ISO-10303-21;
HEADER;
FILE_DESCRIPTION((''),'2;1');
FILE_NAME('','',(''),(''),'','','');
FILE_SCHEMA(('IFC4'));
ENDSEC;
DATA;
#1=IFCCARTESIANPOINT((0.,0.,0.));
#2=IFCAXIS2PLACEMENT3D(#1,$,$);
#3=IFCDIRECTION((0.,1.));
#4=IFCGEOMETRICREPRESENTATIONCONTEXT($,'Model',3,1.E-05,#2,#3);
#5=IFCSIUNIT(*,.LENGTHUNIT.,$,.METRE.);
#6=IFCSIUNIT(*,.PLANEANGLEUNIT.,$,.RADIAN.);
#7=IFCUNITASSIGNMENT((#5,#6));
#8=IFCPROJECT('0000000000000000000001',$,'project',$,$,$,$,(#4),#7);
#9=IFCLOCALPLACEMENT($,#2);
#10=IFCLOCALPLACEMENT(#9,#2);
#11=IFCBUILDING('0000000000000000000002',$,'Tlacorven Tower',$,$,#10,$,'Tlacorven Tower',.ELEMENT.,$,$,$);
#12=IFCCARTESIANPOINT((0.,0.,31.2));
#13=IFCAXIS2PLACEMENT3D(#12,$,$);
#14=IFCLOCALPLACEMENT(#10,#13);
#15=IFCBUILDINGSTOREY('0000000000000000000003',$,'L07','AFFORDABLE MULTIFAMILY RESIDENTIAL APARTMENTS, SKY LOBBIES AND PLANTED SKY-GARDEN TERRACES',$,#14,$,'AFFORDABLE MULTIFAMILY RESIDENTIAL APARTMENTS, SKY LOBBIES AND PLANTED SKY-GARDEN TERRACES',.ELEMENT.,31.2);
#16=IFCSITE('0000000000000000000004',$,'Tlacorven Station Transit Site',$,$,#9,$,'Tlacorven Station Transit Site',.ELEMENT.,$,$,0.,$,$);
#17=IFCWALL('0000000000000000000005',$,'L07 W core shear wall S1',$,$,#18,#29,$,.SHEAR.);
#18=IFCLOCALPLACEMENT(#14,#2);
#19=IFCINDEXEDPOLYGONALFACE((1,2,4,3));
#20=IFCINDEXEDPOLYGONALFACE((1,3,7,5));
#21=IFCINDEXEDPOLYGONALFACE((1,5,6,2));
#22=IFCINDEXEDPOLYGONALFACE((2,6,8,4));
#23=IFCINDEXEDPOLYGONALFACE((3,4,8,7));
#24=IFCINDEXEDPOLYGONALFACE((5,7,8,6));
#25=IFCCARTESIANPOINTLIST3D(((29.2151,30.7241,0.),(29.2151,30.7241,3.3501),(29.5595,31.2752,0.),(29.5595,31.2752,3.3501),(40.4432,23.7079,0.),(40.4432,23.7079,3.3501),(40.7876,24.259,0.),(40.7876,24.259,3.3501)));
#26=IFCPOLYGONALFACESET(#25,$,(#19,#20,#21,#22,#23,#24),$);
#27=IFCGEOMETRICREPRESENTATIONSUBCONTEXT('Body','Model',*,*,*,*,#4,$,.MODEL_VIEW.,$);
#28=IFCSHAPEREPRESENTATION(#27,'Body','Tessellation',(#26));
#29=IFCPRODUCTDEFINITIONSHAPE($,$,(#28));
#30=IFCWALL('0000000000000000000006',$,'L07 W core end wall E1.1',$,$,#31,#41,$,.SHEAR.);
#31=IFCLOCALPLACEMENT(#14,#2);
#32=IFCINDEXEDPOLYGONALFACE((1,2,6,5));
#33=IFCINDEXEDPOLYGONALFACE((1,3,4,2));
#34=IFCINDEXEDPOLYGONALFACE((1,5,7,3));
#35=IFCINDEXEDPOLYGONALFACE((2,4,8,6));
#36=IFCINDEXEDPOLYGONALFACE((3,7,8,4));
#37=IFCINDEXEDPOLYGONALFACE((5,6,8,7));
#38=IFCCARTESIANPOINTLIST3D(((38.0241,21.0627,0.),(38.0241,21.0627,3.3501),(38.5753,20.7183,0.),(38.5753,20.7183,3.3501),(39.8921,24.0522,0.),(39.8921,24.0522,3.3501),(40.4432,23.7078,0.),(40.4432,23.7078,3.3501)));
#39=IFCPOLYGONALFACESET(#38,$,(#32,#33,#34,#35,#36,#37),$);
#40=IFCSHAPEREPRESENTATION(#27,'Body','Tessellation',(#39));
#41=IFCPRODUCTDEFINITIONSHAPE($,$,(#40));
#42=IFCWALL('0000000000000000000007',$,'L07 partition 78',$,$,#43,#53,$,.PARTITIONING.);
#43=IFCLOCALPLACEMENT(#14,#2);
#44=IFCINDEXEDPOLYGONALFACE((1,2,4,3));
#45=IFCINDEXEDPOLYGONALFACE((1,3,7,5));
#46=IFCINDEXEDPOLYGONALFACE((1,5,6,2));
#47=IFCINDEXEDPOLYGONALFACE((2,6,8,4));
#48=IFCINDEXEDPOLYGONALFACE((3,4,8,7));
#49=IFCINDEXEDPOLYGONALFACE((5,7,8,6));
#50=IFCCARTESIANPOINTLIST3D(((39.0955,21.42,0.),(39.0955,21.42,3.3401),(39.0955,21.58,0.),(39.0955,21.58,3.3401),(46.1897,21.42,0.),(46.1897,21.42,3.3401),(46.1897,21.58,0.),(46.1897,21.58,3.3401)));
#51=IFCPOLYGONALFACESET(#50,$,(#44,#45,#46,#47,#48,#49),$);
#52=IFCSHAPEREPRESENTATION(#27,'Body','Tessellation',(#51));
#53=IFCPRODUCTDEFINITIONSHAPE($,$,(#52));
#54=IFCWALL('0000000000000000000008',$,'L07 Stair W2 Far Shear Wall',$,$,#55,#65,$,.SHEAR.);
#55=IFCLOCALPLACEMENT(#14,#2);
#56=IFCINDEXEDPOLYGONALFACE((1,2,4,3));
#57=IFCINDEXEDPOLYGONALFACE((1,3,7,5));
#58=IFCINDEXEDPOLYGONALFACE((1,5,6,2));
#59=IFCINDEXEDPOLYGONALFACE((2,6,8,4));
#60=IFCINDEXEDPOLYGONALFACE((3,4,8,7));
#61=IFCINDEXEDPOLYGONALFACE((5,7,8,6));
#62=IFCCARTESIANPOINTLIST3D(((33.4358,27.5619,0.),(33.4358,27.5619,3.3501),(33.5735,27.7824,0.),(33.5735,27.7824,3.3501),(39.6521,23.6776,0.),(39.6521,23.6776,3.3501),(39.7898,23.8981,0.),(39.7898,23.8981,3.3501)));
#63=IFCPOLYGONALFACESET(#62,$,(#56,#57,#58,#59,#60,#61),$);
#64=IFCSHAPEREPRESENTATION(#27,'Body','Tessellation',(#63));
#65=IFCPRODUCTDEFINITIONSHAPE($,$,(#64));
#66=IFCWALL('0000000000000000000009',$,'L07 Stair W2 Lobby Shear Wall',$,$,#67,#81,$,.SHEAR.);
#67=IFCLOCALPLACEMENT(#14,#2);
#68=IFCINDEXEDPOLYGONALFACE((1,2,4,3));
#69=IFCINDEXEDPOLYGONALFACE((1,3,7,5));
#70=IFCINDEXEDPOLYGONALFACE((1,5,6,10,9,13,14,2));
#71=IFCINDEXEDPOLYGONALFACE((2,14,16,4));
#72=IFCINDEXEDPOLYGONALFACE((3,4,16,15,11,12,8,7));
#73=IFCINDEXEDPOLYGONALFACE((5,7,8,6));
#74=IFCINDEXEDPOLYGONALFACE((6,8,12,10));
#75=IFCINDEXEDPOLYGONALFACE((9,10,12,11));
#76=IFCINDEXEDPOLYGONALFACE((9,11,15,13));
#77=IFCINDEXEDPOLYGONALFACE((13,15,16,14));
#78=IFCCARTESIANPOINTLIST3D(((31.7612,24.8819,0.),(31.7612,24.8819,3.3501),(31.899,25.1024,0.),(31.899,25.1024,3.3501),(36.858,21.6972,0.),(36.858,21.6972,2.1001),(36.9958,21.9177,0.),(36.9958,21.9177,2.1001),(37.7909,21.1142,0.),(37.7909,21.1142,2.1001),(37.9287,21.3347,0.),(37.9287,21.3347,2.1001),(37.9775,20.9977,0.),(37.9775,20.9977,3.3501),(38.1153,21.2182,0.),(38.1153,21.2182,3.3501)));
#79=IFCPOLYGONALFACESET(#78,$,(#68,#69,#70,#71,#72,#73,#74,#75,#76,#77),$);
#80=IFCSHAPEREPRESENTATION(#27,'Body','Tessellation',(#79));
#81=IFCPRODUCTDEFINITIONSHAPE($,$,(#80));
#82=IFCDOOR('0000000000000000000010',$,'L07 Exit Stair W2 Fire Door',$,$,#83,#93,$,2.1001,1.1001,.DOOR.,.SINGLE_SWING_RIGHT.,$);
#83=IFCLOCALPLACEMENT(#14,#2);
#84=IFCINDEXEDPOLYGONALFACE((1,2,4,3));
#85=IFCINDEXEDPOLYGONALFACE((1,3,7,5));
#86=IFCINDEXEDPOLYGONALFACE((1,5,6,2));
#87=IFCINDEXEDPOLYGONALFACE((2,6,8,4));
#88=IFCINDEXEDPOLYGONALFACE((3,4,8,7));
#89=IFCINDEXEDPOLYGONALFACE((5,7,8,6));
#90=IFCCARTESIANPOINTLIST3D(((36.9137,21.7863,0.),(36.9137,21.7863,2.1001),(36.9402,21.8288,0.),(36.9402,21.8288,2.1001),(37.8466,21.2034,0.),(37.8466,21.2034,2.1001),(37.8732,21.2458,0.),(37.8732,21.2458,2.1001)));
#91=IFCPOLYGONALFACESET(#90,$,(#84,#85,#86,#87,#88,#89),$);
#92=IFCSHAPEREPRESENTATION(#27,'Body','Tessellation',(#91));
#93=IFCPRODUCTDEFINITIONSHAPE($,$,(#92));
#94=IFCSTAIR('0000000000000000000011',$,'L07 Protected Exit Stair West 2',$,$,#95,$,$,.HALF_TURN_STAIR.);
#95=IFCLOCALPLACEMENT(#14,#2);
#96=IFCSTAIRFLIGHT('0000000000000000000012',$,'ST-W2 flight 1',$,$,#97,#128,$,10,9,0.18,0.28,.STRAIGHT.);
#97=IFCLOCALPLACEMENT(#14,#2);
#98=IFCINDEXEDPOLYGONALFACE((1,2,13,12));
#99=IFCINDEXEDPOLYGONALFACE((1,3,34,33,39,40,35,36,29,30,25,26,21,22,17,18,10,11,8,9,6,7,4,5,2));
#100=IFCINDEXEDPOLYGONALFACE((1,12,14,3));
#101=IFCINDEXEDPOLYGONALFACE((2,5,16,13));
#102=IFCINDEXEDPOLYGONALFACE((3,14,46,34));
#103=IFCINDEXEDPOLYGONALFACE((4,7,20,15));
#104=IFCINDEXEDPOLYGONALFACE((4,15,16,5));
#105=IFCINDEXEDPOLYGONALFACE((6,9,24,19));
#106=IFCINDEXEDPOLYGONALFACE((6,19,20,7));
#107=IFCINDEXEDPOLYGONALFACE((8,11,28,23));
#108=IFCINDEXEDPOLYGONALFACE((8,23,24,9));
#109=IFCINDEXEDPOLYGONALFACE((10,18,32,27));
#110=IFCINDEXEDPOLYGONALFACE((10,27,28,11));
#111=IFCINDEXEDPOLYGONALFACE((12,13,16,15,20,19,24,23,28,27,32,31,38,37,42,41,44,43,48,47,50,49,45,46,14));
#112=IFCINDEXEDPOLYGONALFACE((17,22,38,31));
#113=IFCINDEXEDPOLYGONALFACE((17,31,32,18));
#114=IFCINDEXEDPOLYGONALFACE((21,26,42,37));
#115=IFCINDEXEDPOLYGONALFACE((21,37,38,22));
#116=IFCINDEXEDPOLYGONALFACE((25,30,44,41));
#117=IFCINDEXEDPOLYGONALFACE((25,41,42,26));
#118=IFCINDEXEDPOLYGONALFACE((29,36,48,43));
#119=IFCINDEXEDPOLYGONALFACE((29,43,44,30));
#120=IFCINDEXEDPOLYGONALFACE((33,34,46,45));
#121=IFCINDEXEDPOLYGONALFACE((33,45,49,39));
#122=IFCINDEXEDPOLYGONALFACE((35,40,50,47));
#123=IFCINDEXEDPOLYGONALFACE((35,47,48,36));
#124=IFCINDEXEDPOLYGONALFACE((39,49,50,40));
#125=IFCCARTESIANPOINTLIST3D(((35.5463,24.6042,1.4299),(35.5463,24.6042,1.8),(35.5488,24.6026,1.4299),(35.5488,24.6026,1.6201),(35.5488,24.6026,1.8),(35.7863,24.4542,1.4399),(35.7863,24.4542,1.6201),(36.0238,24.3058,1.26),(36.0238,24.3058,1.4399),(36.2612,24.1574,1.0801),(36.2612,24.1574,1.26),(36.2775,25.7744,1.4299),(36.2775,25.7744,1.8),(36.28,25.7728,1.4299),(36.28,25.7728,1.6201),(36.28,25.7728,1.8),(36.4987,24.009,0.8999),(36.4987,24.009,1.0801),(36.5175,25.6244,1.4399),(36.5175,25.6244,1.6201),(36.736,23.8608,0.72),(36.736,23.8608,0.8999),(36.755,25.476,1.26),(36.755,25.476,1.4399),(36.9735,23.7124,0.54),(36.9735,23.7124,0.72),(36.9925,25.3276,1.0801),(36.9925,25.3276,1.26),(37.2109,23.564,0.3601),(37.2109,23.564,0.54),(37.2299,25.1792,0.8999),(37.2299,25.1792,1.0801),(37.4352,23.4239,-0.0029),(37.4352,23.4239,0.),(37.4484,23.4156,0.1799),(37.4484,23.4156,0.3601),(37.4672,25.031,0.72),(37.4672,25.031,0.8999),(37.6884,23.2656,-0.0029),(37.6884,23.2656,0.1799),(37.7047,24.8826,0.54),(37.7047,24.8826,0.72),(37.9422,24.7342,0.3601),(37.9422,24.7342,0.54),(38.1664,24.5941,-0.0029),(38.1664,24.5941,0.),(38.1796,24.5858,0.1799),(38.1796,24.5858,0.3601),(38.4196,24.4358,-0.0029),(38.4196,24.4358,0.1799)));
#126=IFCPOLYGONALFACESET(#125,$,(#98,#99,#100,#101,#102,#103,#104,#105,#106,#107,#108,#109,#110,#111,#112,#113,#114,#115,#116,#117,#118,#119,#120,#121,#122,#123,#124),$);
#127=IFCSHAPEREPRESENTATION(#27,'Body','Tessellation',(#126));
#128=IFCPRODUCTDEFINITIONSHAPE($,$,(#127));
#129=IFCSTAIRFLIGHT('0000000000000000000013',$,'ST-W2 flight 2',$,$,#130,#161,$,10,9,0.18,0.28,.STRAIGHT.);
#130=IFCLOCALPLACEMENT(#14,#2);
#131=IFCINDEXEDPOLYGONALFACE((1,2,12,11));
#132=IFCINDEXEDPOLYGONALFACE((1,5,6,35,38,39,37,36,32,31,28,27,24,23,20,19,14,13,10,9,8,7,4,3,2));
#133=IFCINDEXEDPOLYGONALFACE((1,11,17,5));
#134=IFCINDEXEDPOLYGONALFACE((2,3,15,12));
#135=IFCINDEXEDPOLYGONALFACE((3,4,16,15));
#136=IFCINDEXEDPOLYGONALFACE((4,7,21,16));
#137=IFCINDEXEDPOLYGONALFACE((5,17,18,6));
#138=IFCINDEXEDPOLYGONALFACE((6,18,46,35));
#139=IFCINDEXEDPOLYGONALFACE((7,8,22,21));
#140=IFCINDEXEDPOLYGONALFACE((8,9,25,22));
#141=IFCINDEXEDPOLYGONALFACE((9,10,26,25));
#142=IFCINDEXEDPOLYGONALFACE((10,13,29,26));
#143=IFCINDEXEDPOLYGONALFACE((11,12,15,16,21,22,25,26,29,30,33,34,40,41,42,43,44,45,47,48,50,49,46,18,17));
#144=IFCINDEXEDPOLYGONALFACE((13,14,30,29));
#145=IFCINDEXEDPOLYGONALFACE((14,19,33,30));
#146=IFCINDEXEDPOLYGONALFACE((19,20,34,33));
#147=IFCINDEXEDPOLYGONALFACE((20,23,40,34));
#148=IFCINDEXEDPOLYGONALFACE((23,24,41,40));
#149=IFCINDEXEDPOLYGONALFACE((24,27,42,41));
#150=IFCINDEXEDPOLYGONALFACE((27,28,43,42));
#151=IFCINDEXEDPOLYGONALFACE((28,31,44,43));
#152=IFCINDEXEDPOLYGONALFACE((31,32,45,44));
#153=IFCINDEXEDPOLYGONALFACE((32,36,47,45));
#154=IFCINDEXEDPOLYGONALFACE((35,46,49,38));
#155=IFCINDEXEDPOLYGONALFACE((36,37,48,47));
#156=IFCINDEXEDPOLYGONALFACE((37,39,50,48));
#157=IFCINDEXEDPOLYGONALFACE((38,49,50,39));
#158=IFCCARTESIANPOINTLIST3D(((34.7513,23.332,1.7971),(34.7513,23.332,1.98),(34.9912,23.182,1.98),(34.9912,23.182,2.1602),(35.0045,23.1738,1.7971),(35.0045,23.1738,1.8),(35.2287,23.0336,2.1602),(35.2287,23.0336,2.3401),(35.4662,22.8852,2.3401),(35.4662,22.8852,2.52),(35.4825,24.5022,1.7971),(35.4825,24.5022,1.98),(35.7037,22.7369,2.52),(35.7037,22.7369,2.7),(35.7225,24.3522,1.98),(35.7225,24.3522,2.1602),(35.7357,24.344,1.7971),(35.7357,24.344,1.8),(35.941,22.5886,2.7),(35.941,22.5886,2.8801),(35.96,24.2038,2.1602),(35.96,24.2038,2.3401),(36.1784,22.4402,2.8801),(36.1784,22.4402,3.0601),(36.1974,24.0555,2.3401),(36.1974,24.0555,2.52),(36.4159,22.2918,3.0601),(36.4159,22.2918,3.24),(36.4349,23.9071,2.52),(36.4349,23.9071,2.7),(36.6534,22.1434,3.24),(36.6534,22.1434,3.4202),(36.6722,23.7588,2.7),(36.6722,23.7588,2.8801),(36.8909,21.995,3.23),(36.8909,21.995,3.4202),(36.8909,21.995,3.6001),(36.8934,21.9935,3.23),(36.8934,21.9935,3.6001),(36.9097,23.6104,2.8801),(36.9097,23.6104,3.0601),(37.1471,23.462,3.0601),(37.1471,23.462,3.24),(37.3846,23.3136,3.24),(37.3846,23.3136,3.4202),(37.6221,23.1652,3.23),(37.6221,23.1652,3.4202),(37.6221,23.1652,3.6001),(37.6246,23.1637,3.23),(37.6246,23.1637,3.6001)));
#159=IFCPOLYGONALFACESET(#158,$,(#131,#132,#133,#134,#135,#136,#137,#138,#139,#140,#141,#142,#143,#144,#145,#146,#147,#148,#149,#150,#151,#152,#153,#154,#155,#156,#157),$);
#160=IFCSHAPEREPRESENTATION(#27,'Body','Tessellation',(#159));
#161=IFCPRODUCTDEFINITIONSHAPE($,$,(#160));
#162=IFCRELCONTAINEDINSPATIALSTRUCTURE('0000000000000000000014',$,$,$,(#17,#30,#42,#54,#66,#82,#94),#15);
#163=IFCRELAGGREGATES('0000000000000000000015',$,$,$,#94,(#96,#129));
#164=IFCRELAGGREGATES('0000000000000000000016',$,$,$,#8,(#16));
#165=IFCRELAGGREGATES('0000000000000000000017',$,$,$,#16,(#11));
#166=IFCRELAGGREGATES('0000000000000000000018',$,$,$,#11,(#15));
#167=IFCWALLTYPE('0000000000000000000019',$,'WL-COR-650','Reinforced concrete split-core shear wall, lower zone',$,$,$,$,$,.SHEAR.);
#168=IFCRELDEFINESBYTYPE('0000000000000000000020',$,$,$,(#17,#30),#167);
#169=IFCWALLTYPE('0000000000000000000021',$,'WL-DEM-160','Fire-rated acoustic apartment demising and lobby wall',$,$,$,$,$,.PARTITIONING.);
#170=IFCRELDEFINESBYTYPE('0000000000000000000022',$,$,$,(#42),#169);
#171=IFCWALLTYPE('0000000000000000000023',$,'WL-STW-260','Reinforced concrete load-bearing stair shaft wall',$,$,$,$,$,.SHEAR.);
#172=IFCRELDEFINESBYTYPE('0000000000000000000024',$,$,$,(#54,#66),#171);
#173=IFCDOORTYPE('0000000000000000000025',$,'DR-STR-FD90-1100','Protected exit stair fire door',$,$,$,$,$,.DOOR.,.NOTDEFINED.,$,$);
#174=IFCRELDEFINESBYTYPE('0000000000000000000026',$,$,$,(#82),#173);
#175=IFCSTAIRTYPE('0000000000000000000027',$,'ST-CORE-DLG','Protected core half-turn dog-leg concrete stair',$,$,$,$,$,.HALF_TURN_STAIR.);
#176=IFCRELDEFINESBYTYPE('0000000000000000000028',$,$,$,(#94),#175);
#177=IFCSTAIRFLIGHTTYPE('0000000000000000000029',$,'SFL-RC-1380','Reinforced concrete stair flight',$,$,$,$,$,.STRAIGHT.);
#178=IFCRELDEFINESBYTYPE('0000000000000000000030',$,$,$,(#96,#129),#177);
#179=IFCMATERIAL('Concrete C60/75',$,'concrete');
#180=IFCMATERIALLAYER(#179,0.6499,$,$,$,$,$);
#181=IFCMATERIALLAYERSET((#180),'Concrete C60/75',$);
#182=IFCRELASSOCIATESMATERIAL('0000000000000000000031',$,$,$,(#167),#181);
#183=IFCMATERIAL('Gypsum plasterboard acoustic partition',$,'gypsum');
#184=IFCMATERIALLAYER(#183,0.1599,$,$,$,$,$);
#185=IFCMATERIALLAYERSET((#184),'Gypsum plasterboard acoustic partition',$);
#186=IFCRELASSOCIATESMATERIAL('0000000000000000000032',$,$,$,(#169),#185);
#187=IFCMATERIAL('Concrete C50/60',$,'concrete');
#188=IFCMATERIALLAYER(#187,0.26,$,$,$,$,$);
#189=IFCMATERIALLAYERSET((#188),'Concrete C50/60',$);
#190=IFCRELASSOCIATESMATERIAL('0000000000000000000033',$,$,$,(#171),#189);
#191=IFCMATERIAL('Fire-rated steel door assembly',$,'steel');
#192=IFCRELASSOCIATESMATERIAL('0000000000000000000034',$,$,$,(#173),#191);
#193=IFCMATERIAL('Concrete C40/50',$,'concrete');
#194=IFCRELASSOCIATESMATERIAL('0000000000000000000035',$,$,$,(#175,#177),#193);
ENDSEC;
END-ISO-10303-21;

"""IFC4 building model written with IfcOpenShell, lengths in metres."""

from ifc_helpers import new_model, si_unit, direction, frame, frame_2d, origin, place, context, subcontext, project, spatial, polyline, rectangle, outline, extrude, source, transform, mapped, material, layer, layer_set, type_object, element, fill, aggregate, save


model = new_model("IFC4")

# Units and contexts
model_context = context("Model", 3, precision=1e-05, world=origin(), true_north=direction((0.0, 1.0)))
body_context = subcontext(model_context, "Body", "Model", "MODEL_VIEW")
ifc_project = project(units=[si_unit("LENGTHUNIT", "METRE"), si_unit("PLANEANGLEUNIT", "RADIAN")], contexts=[model_context])

# Site, building, storey
site_placement = place(None, origin())
site = spatial("IfcSite", under=ifc_project, at=site_placement, Name="Tlacorven Station Transit Site", LongName="Tlacorven Station Transit Site", CompositionType="ELEMENT", RefElevation=0.0)
building_placement = place(site_placement, origin())
building = spatial("IfcBuilding", under=site, at=building_placement, Name="Tlacorven Tower", LongName="Tlacorven Tower", CompositionType="ELEMENT")
storey_placement = place(building_placement, frame((0.0, 0.0, 31.2)))
storey = spatial("IfcBuildingStorey", under=building, at=storey_placement, Name="L07", Description="AFFORDABLE MULTIFAMILY RESIDENTIAL APARTMENTS, SKY LOBBIES AND PLANTED SKY-GARDEN TERRACES", LongName="AFFORDABLE MULTIFAMILY RESIDENTIAL APARTMENTS, SKY LOBBIES AND PLANTED SKY-GARDEN TERRACES", CompositionType="ELEMENT", Elevation=31.2)

# Shared definitions
ifc_material_1 = material(Name="Concrete C60/75", Category="concrete")

# Walls
ifc_layer_1 = layer(ifc_material_1, 0.6499)
ifc_layer_set_1 = layer_set([ifc_layer_1], Name="Concrete C60/75")
wall_type_1 = type_object("IfcWallType", Name="WL-COR-650", Description="Reinforced concrete split-core shear wall, lower zone", PredefinedType="SHEAR", material=ifc_layer_set_1)
wall_1_placement = place(storey_placement, frame((40.6155, 23.9834, 0.0), z_axis=(0.0, 0.0, 1.0), x_axis=(-0.848046, 0.529923, 0.0)))
element("IfcWall", 1, at=wall_1_placement, inside=storey, type_object=wall_type_1, Name="L07 W core shear wall S1", PredefinedType="SHEAR", context=body_context, shape_type="SweptSolid", body=[
    extrude(rectangle(XDim=13.24, YDim=0.6499, at=frame_2d((6.6201, 0.0))), origin(), (0.0, 0.0, 1.0), 3.3501),
])
wall_2_placement = place(storey_placement, frame((40.1677, 23.8801, 0.0), z_axis=(0.0, 0.0, 1.0), x_axis=(-0.529893, -0.848064, 0.0)))
element("IfcWall", 2, at=wall_2_placement, inside=storey, type_object=wall_type_1, Name="L07 W core end wall E1.1", PredefinedType="SHEAR", context=body_context, shape_type="SweptSolid", body=[
    extrude(rectangle(XDim=3.5251, YDim=0.6499, at=frame_2d((1.7627, 0.0))), origin(), (0.0, 0.0, 1.0), 3.3501),
])
ifc_material_2 = material(Name="Gypsum plasterboard acoustic partition", Category="gypsum")
ifc_layer_2 = layer(ifc_material_2, 0.1599)
ifc_layer_set_2 = layer_set([ifc_layer_2], Name="Gypsum plasterboard acoustic partition")
wall_type_2 = type_object("IfcWallType", Name="WL-DEM-160", Description="Fire-rated acoustic apartment demising and lobby wall", PredefinedType="PARTITIONING", material=ifc_layer_set_2)
wall_3_placement = place(storey_placement, frame((39.0955, 21.5, 0.0), z_axis=(0.0, 0.0, 1.0), x_axis=(1.0, 0.0, 0.0)))
element("IfcWall", 3, at=wall_3_placement, inside=storey, type_object=wall_type_2, Name="L07 partition 78", PredefinedType="PARTITIONING", context=body_context, shape_type="SweptSolid", body=[
    extrude(rectangle(XDim=7.0942, YDim=0.1599, at=frame_2d((3.5471, 0.0))), origin(), (0.0, 0.0, 1.0), 3.3401),
])
ifc_material_3 = material(Name="Concrete C50/60", Category="concrete")
ifc_layer_3 = layer(ifc_material_3, 0.26)
ifc_layer_set_3 = layer_set([ifc_layer_3], Name="Concrete C50/60")
wall_type_3 = type_object("IfcWallType", Name="WL-STW-260", Description="Reinforced concrete load-bearing stair shaft wall", PredefinedType="SHEAR", material=ifc_layer_set_3)
wall_4_placement = place(storey_placement, frame((39.7209, 23.7878, 0.0), z_axis=(0.0, 0.0, 1.0), x_axis=(-0.848054, 0.529909, 0.0)))
element("IfcWall", 4, at=wall_4_placement, inside=storey, type_object=wall_type_3, Name="L07 Stair W2 Far Shear Wall", PredefinedType="SHEAR", context=body_context, shape_type="SweptSolid", body=[
    extrude(rectangle(XDim=7.3301, YDim=0.26, at=frame_2d((3.665, 0.0))), origin(), (0.0, 0.0, 1.0), 3.3501),
])

# Wall, opening, door
wall_5_placement = place(storey_placement, frame((38.0464, 21.1079, 0.0), z_axis=(0.0, 0.0, 1.0), x_axis=(-0.848054, 0.529909, 0.0)))
wall_5 = element("IfcWall", 5, at=wall_5_placement, inside=storey, type_object=wall_type_3, Name="L07 Stair W2 Lobby Shear Wall", PredefinedType="SHEAR", context=body_context, shape_type="SweptSolid", body=[
    extrude(rectangle(XDim=7.3301, YDim=0.26, at=frame_2d((3.665, 0.0))), origin(), (0.0, 0.0, 1.0), 3.3501),
])
opening_placement = place(wall_5_placement, frame((0.22, 0.0, 0.0)))
opening = element("IfcOpeningElement", 6, at=opening_placement, cuts=wall_5, PredefinedType="OPENING", context=body_context, shape_type="SweptSolid", body=[
    extrude(rectangle(XDim=1.1001, YDim=2.1001, at=frame_2d((0.55, 1.05))), frame((0.0, 0.1401, 0.0), z_axis=(0.0, -1.0, 0.0), x_axis=(1.0, 0.0, 0.0)), (0.0, 0.0, 1.0), 0.28),
])
ifc_material_4 = material(Name="Fire-rated steel door assembly", Category="steel")
door_type = type_object("IfcDoorType", Name="DR-STR-FD90-1100", Description="Protected exit stair fire door", OperationType="NOTDEFINED", PredefinedType="DOOR", material=ifc_material_4)
shared_shape_1 = source(origin(), body_context, "Body", "SweptSolid", [
    extrude(rectangle(XDim=1.1001, YDim=2.1001, at=frame_2d((0.55, 1.05))), frame((0.0, 0.0249, 0.0), z_axis=(0.0, -1.0, 0.0), x_axis=(1.0, 0.0, 0.0)), (0.0, 0.0, 1.0), 0.05),
])
door_placement = place(opening_placement, origin())
door = element("IfcDoor", 7, at=door_placement, inside=storey, type_object=door_type, Name="L07 Exit Stair W2 Fire Door", OperationType="SINGLE_SWING_RIGHT", OverallHeight=2.1001, OverallWidth=1.1001, PredefinedType="DOOR", context=body_context, shape_type="MappedRepresentation", body=[
    mapped(shared_shape_1, transform((0.0, 0.0, 0.0), scale=1.0)),
])
fill(opening, door)

# Stair, stair flights
ifc_material_5 = material(Name="Concrete C40/50", Category="concrete")
stair_type = type_object("IfcStairType", Name="ST-CORE-DLG", Description="Protected core half-turn dog-leg concrete stair", PredefinedType="HALF_TURN_STAIR", material=ifc_material_5)
stair_placement = place(storey_placement, origin())
stair = element("IfcStair", 8, at=stair_placement, inside=storey, type_object=stair_type, Name="L07 Protected Exit Stair West 2", PredefinedType="HALF_TURN_STAIR")
stair_flight_type = type_object("IfcStairFlightType", Name="SFL-RC-1380", Description="Reinforced concrete stair flight", PredefinedType="STRAIGHT", material=ifc_material_5)
shared_shape_2 = source(origin(), body_context, "Body", "SweptSolid", [
    extrude(outline(polyline([(-0.0029, -0.0029), (-0.0029, 0.1799), (0.28, 0.1799), (0.28, 0.3601), (0.5601, 0.3601), (0.5601, 0.54), (0.8401, 0.54), (0.8401, 0.72), (1.1201, 0.72), (1.1201, 0.8999), (1.3999, 0.8999), (1.3999, 1.0801), (1.6799, 1.0801), (1.6799, 1.26), (1.96, 1.26), (1.96, 1.4399), (2.24, 1.4399), (2.24, 1.6201), (2.52, 1.6201), (2.52, 1.8), (2.5229, 1.8), (2.5229, 1.4299), (2.52, 1.4299), (0.2957, 0.0), (0.2957, -0.0029), (-0.0029, -0.0029)])), frame((0.0, 0.6899, 0.0), z_axis=(0.0, -1.0, 0.0), x_axis=(1.0, 0.0, 0.0)), (0.0, 0.0, 1.0), 1.3799),
])
stair_flight_1_placement = place(storey_placement, frame((38.0515, 23.8523, 0.0), z_axis=(0.0, 0.0, 1.0), x_axis=(-0.848048, 0.529919, 0.0)))
stair_flight_1 = element("IfcStairFlight", 9, at=stair_flight_1_placement, type_object=stair_flight_type, Name="ST-W2 flight 1", NumberOfRisers=10, NumberOfTreads=9, PredefinedType="STRAIGHT", RiserHeight=0.18, TreadLength=0.28, context=body_context, shape_type="MappedRepresentation", body=[
    mapped(shared_shape_2, transform((0.0, 0.0, 0.0), scale=1.0)),
])
stair_flight_2_placement = place(storey_placement, frame((35.1194, 23.9155, 1.8), z_axis=(0.0, 0.0, 1.0), x_axis=(0.848048, -0.529919, 0.0)))
stair_flight_2 = element("IfcStairFlight", 10, at=stair_flight_2_placement, type_object=stair_flight_type, Name="ST-W2 flight 2", NumberOfRisers=10, NumberOfTreads=9, PredefinedType="STRAIGHT", RiserHeight=0.18, TreadLength=0.28, context=body_context, shape_type="MappedRepresentation", body=[
    mapped(shared_shape_2, transform((0.0, 0.0, 0.0), scale=1.0)),
])
aggregate(stair, [stair_flight_1, stair_flight_2])

save(model, "model.ifc")
